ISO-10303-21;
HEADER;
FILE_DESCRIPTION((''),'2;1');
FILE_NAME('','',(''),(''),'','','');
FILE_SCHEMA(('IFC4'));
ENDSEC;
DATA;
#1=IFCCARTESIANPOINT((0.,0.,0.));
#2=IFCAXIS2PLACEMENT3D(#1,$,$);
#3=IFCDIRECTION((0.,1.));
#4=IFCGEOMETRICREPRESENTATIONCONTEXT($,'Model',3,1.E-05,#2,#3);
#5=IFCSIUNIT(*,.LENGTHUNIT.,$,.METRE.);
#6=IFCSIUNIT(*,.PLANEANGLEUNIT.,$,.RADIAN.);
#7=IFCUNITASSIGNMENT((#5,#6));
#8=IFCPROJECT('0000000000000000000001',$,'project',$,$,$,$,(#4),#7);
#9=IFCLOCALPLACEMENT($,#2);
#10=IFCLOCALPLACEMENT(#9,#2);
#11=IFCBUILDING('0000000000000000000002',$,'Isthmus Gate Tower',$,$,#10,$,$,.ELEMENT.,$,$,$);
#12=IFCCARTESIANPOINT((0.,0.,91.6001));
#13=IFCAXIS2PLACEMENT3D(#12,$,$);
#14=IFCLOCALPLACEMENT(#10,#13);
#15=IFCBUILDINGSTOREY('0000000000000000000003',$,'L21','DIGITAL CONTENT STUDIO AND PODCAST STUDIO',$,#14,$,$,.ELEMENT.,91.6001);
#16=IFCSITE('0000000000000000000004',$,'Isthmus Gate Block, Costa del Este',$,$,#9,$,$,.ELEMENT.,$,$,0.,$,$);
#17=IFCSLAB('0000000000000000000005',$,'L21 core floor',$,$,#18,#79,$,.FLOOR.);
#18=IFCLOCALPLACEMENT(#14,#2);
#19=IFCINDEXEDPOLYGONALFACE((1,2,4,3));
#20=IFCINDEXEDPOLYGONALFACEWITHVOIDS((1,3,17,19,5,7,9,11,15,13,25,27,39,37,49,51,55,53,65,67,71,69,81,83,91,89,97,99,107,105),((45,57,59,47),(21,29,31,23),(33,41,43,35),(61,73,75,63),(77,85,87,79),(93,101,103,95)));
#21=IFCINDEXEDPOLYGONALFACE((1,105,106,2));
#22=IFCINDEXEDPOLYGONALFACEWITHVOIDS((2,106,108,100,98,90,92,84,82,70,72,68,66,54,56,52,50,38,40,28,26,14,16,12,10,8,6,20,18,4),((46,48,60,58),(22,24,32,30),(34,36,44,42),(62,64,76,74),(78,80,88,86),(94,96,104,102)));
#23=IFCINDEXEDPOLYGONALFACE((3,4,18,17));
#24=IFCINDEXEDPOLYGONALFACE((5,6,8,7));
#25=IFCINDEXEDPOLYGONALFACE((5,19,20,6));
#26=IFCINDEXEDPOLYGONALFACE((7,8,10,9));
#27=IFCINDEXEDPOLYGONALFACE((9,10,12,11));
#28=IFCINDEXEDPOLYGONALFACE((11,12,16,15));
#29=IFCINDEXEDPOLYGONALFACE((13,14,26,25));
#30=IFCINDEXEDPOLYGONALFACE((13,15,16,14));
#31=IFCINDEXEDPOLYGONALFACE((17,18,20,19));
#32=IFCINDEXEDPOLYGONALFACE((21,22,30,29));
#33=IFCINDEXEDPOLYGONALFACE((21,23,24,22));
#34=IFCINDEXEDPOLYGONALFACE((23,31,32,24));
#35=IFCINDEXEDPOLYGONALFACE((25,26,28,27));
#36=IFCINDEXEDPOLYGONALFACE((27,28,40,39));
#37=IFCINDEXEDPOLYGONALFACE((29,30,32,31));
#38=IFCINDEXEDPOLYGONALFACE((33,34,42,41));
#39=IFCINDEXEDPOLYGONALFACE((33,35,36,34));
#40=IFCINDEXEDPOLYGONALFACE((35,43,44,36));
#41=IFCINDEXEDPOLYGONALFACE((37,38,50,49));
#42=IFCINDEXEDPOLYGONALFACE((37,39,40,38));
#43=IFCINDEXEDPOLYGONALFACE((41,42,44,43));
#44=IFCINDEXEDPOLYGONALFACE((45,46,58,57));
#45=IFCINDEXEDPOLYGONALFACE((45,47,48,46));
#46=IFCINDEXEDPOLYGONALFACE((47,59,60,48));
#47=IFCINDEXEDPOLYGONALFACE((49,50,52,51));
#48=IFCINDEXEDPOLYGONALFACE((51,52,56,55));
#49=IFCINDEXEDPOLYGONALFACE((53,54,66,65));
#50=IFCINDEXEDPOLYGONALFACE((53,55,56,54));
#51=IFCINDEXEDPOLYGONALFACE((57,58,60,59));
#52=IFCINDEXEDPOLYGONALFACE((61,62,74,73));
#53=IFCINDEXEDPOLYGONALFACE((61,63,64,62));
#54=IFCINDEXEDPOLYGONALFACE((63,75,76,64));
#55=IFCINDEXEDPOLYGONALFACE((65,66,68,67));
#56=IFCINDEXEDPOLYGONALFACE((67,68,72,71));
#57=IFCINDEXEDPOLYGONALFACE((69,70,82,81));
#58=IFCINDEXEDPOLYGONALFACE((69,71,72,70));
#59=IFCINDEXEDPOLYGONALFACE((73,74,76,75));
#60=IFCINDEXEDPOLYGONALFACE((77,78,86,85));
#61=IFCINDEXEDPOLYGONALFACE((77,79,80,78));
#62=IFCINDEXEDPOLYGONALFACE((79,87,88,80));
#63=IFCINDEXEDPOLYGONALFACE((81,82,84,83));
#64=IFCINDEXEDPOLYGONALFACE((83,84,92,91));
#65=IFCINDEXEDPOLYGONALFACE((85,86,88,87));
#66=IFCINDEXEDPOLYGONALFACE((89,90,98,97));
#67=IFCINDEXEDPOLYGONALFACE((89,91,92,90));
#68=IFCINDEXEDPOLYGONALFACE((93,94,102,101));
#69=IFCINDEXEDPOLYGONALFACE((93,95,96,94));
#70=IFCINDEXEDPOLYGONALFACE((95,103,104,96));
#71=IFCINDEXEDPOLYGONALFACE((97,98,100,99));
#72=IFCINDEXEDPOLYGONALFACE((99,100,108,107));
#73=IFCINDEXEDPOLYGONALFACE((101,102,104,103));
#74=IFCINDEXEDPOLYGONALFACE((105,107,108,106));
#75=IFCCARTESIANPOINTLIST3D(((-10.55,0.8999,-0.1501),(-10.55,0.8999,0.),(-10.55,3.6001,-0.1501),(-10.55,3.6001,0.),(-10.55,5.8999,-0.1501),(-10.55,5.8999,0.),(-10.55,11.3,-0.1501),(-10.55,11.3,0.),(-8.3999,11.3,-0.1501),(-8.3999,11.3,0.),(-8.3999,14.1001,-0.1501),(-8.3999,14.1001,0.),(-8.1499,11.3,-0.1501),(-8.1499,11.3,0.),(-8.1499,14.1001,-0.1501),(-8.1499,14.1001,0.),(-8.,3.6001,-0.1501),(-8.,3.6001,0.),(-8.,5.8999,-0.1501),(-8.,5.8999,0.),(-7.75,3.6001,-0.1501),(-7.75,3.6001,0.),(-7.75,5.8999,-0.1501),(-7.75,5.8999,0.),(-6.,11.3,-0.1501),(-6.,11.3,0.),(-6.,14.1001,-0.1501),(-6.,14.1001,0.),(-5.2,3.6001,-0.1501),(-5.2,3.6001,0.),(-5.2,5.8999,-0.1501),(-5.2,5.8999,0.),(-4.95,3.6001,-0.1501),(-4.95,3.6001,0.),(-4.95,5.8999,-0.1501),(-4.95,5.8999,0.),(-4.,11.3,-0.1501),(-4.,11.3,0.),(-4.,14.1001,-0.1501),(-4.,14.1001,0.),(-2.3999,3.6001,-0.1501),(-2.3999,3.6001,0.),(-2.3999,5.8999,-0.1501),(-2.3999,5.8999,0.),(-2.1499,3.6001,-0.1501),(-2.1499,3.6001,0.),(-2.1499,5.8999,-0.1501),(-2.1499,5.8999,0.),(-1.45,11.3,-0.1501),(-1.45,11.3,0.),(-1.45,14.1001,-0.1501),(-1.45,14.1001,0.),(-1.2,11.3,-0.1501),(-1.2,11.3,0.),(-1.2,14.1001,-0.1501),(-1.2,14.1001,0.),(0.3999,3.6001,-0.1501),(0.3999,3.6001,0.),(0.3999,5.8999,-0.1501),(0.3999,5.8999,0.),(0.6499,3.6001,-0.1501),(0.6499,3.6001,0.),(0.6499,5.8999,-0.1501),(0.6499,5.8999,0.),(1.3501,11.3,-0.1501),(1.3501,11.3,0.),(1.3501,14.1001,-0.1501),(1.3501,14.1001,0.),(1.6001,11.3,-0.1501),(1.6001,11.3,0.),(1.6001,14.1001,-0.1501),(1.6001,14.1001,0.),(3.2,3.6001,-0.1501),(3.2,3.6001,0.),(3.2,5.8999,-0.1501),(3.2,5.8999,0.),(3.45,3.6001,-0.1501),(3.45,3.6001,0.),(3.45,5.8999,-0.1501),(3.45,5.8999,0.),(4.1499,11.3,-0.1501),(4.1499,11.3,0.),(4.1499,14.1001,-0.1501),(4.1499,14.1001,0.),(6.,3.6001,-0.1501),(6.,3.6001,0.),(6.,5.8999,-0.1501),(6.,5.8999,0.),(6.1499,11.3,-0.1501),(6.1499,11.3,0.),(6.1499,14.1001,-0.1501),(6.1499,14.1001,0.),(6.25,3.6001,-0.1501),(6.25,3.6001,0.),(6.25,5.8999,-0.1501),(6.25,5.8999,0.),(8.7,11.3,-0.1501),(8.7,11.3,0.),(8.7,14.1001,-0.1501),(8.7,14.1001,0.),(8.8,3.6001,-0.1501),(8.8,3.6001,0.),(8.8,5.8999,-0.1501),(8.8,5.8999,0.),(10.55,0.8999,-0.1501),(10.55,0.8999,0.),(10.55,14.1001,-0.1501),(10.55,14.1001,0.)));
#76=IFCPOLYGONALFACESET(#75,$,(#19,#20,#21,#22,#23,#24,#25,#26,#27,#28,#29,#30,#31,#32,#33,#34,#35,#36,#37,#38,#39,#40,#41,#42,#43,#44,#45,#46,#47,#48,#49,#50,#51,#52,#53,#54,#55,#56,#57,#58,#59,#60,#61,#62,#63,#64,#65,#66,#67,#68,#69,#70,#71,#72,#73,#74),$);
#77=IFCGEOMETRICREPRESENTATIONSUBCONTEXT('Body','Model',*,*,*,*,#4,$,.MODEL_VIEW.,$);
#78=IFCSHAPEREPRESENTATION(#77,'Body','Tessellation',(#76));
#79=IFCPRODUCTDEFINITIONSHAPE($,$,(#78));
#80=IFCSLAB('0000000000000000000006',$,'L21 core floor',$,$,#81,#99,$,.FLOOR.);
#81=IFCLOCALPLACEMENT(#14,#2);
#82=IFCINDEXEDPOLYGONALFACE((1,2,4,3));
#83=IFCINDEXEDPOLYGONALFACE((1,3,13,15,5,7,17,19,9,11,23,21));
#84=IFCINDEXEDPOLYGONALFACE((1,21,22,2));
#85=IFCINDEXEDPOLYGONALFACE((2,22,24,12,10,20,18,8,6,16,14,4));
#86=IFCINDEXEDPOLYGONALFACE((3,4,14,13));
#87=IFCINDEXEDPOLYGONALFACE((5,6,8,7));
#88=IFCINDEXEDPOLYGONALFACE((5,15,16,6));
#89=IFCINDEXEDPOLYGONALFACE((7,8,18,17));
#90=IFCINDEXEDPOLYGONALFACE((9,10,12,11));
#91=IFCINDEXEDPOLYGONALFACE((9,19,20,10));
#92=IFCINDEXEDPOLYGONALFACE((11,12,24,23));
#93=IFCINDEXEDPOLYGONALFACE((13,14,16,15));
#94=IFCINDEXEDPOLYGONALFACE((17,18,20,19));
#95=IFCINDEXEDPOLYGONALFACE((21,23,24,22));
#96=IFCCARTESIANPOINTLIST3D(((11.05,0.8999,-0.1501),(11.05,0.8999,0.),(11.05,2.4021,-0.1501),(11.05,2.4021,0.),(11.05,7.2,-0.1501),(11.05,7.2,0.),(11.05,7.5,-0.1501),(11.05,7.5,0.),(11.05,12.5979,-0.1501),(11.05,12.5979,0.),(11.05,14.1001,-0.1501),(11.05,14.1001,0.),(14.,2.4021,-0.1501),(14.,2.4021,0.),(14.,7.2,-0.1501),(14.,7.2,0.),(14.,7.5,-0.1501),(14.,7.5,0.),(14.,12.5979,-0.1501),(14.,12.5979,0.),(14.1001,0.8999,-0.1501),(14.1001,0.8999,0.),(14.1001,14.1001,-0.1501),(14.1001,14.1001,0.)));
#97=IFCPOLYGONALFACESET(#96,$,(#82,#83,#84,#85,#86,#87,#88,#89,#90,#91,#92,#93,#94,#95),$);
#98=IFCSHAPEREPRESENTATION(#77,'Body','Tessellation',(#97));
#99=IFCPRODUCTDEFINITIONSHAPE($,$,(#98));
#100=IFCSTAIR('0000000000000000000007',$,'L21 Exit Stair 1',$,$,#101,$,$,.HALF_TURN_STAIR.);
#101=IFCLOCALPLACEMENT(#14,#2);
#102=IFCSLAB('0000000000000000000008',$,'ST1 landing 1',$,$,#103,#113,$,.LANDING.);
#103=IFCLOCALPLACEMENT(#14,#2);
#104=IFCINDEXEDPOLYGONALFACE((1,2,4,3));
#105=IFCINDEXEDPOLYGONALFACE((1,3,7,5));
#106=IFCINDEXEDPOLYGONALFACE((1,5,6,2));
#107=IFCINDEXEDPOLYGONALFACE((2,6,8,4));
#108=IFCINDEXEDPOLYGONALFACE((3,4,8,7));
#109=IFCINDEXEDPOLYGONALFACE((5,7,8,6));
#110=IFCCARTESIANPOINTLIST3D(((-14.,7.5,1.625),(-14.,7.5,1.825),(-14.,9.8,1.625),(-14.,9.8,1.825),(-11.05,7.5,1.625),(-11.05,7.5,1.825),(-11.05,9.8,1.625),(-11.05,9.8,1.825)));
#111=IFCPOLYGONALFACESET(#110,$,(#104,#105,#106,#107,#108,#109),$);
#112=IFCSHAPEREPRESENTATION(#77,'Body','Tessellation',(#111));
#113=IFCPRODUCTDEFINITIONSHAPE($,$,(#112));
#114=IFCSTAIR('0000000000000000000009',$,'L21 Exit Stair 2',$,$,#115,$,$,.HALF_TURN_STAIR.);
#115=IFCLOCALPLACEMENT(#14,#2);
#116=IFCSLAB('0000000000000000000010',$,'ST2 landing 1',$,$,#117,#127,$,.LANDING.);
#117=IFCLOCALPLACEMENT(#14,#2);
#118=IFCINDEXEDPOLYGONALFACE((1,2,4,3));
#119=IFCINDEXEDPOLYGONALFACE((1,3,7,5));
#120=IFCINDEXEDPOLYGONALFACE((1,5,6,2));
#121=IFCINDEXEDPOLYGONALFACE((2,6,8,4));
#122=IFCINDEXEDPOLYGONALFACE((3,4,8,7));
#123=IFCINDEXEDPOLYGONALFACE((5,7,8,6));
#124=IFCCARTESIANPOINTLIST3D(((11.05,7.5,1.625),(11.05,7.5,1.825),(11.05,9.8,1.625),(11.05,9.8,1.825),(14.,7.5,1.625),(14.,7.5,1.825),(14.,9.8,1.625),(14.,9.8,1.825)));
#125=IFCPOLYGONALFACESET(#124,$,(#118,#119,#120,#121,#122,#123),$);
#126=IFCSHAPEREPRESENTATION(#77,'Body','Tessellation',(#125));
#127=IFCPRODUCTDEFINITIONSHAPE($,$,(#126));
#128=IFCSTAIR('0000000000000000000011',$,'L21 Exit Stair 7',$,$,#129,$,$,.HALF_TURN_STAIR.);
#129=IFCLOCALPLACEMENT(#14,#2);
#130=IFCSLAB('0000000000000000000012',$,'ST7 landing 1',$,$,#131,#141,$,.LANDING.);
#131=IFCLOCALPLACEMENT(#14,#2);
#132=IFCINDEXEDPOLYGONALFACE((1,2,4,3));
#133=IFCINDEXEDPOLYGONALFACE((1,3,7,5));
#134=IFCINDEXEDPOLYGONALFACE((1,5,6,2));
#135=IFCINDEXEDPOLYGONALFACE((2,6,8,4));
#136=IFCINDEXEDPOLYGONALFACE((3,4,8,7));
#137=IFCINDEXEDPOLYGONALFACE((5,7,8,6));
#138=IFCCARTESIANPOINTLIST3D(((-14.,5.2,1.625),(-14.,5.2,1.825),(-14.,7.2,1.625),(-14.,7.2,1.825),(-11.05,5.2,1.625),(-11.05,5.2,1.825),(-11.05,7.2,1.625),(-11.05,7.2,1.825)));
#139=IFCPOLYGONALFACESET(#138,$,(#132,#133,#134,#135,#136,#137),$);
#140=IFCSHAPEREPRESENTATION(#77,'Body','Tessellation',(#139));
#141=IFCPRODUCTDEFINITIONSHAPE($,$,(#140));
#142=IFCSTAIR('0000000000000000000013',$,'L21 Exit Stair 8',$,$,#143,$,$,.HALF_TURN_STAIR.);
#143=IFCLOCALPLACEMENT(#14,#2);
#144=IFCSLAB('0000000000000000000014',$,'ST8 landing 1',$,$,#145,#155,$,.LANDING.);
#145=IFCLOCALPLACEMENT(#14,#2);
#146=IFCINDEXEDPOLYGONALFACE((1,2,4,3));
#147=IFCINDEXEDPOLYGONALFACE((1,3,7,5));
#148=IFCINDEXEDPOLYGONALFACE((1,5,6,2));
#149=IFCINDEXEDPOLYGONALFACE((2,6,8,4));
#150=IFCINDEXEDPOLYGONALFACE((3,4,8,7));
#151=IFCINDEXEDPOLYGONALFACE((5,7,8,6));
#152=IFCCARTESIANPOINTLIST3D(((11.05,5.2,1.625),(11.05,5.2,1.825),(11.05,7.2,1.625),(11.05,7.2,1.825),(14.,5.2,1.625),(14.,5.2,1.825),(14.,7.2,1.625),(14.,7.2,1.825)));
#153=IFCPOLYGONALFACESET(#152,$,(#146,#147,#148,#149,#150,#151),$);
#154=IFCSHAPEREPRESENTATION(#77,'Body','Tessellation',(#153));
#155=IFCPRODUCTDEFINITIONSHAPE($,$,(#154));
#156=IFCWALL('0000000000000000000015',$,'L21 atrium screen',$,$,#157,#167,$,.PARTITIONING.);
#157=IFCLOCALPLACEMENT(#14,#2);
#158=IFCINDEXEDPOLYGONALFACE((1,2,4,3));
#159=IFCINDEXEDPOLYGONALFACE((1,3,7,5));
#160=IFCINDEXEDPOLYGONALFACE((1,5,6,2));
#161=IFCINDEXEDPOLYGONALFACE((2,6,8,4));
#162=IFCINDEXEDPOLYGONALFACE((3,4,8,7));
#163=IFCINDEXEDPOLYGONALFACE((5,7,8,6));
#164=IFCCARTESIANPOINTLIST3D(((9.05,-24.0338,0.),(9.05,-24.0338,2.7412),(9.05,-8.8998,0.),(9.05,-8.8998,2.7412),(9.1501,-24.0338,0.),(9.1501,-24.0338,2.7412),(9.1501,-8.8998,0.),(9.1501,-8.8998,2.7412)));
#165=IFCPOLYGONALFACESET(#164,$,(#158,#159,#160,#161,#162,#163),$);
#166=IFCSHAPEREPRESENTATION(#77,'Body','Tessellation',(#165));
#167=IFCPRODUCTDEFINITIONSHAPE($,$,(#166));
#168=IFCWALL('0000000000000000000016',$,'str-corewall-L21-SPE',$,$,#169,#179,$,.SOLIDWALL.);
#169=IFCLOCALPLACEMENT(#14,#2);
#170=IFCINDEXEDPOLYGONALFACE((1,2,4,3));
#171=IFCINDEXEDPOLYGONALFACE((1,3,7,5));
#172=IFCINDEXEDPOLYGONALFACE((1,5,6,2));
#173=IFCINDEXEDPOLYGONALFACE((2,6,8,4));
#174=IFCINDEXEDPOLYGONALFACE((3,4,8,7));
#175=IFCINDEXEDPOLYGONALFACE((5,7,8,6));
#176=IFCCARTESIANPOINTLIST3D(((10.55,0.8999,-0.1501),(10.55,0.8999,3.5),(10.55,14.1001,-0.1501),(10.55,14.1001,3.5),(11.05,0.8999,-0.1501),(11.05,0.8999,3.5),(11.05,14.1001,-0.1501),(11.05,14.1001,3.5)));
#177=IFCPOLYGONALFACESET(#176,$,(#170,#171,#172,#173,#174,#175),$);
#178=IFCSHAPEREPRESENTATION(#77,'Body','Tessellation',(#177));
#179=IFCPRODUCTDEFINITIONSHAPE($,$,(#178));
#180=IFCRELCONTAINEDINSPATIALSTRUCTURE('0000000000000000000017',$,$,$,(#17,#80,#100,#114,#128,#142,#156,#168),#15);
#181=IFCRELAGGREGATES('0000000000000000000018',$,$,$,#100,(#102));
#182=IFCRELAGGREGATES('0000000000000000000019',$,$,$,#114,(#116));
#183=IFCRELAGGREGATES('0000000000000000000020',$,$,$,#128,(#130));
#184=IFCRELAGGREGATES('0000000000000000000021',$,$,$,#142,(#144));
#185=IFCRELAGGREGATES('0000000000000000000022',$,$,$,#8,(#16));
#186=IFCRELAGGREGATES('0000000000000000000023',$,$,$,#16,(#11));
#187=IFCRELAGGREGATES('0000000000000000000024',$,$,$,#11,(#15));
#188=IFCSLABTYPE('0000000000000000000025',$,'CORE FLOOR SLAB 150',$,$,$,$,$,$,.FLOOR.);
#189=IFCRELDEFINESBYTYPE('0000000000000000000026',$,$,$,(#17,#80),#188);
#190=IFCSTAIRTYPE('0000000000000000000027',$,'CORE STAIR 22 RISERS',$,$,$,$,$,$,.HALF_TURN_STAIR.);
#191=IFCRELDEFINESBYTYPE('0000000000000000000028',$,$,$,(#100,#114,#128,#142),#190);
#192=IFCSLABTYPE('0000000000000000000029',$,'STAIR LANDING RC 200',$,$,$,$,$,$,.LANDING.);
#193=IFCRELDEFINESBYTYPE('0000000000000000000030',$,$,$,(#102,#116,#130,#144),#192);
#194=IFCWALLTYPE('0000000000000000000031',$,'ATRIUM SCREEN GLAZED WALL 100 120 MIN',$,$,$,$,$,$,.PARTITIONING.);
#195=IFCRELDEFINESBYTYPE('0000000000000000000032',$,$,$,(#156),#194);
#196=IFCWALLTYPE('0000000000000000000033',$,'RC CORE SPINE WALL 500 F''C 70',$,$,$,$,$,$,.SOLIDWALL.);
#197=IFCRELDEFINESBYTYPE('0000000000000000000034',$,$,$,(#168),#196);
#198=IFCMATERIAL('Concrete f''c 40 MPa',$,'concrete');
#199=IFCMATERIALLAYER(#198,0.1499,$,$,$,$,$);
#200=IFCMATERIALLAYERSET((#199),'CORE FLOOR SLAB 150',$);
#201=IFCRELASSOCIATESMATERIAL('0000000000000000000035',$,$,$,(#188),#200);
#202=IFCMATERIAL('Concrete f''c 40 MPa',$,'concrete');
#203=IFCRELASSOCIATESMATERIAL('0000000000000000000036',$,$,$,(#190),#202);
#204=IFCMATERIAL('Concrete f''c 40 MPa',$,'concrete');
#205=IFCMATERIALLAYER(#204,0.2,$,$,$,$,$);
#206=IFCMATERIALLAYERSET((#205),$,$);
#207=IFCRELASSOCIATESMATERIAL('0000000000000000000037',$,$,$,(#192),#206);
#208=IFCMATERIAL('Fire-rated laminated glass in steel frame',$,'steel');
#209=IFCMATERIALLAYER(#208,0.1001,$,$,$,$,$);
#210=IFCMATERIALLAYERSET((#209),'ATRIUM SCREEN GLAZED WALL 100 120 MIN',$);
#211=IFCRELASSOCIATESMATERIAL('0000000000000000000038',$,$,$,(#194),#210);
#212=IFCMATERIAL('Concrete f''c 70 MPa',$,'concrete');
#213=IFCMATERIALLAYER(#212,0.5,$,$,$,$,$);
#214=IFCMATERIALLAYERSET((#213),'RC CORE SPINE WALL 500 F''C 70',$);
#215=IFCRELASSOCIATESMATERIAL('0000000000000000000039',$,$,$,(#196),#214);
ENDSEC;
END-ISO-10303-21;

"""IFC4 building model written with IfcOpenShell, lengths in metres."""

from ifc_helpers import new_model, si_unit, direction, frame, frame_2d, origin, place, context, subcontext, project, spatial, polyline, rectangle, outline, extrude, material, layer, layer_set, type_object, element, aggregate, save


model = new_model("IFC4")

# Units and contexts
model_context = context("Model", 3, precision=1e-05, world=origin(), true_north=direction((0.0, 1.0)))
body_context = subcontext(model_context, "Body", "Model", "MODEL_VIEW")
ifc_project = project(units=[si_unit("LENGTHUNIT", "METRE"), si_unit("PLANEANGLEUNIT", "RADIAN")], contexts=[model_context])

# Site, building, storey
site_placement = place(None, origin())
site = spatial("IfcSite", under=ifc_project, at=site_placement, Name="Isthmus Gate Block, Costa del Este", CompositionType="ELEMENT", RefElevation=0.0)
building_placement = place(site_placement, origin())
building = spatial("IfcBuilding", under=site, at=building_placement, Name="Isthmus Gate Tower", CompositionType="ELEMENT")
storey_placement = place(building_placement, frame((0.0, 0.0, 91.6001)))
storey = spatial("IfcBuildingStorey", under=building, at=storey_placement, Name="L21", Description="DIGITAL CONTENT STUDIO AND PODCAST STUDIO", CompositionType="ELEMENT", Elevation=91.6001)

# Slabs
ifc_material_1 = material(Name="Concrete f'c 40 MPa", Category="concrete")
ifc_layer_1 = layer(ifc_material_1, 0.1499)
ifc_layer_set_1 = layer_set([ifc_layer_1], Name="CORE FLOOR SLAB 150")
slab_type_1 = type_object("IfcSlabType", Name="CORE FLOOR SLAB 150", PredefinedType="FLOOR", material=ifc_layer_set_1)
slab_1_placement = place(storey_placement, frame((0.0, 0.0, -0.1501)))
element("IfcSlab", 1, at=slab_1_placement, inside=storey, type_object=slab_type_1, Name="L21 core floor", PredefinedType="FLOOR", context=body_context, shape_type="SweptSolid", body=[
    extrude(outline(polyline([(10.55, 14.1001), (8.7, 14.1001), (8.7, 11.3), (6.1499, 11.3), (6.1499, 14.1001), (4.1499, 14.1001), (4.1499, 11.3), (1.6001, 11.3), (1.6001, 14.1001), (1.3501, 14.1001), (1.3501, 11.3), (-1.2, 11.3), (-1.2, 14.1001), (-1.45, 14.1001), (-1.45, 11.3), (-4.0, 11.3), (-4.0, 14.1001), (-6.0, 14.1001), (-6.0, 11.3), (-8.1499, 11.3), (-8.1499, 14.1001), (-8.3999, 14.1001), (-8.3999, 11.3), (-10.55, 11.3), (-10.55, 5.8999), (-8.0, 5.8999), (-8.0, 3.6001), (-10.55, 3.6001), (-10.55, 0.8999), (10.55, 0.8999), (10.55, 14.1001)]), holes=[polyline([(-5.2, 5.8999), (-5.2, 3.6001), (-7.75, 3.6001), (-7.75, 5.8999), (-5.2, 5.8999)]), polyline([(-2.3999, 5.8999), (-2.3999, 3.6001), (-4.95, 3.6001), (-4.95, 5.8999), (-2.3999, 5.8999)]), polyline([(0.3999, 5.8999), (0.3999, 3.6001), (-2.1499, 3.6001), (-2.1499, 5.8999), (0.3999, 5.8999)]), polyline([(3.2, 5.8999), (3.2, 3.6001), (0.6499, 3.6001), (0.6499, 5.8999), (3.2, 5.8999)]), polyline([(6.0, 5.8999), (6.0, 3.6001), (3.45, 3.6001), (3.45, 5.8999), (6.0, 5.8999)]), polyline([(8.8, 5.8999), (8.8, 3.6001), (6.25, 3.6001), (6.25, 5.8999), (8.8, 5.8999)])]), origin(), (0.0, 0.0, 1.0), 0.1501),
])
slab_2_placement = place(storey_placement, frame((0.0, 0.0, -0.1501)))
element("IfcSlab", 2, at=slab_2_placement, inside=storey, type_object=slab_type_1, Name="L21 core floor", PredefinedType="FLOOR", context=body_context, shape_type="SweptSolid", body=[
    extrude(outline(polyline([(11.05, 14.1001), (11.05, 12.5979), (14.0, 12.5979), (14.0, 7.5), (11.05, 7.5), (11.05, 7.2), (14.0, 7.2), (14.0, 2.4021), (11.05, 2.4021), (11.05, 0.8999), (14.1001, 0.8999), (14.1001, 14.1001), (11.05, 14.1001)])), origin(), (0.0, 0.0, 1.0), 0.1501),
])

# Stairs, slabs
ifc_material_2 = material(Name="Concrete f'c 40 MPa", Category="concrete")
stair_type = type_object("IfcStairType", Name="CORE STAIR 22 RISERS", PredefinedType="HALF_TURN_STAIR", material=ifc_material_2)
stair_1_placement = place(storey_placement, origin())
stair_1 = element("IfcStair", 3, at=stair_1_placement, inside=storey, type_object=stair_type, Name="L21 Exit Stair 1", PredefinedType="HALF_TURN_STAIR")
ifc_material_3 = material(Name="Concrete f'c 40 MPa", Category="concrete")
ifc_layer_2 = layer(ifc_material_3, 0.2)
ifc_layer_set_2 = layer_set([ifc_layer_2])
slab_type_2 = type_object("IfcSlabType", Name="STAIR LANDING RC 200", PredefinedType="LANDING", material=ifc_layer_set_2)
slab_3_placement = place(storey_placement, frame((0.0, 0.0, 1.625)))
slab_3 = element("IfcSlab", 4, at=slab_3_placement, type_object=slab_type_2, Name="ST1 landing 1", PredefinedType="LANDING", context=body_context, shape_type="SweptSolid", body=[
    extrude(outline(polyline([(-14.0, 9.8), (-14.0, 7.5), (-11.05, 7.5), (-11.05, 9.8), (-14.0, 9.8)])), origin(), (0.0, 0.0, 1.0), 0.2),
])
aggregate(stair_1, [slab_3])
stair_2_placement = place(storey_placement, origin())
stair_2 = element("IfcStair", 5, at=stair_2_placement, inside=storey, type_object=stair_type, Name="L21 Exit Stair 2", PredefinedType="HALF_TURN_STAIR")
slab_4_placement = place(storey_placement, frame((0.0, 0.0, 1.625)))
slab_4 = element("IfcSlab", 6, at=slab_4_placement, type_object=slab_type_2, Name="ST2 landing 1", PredefinedType="LANDING", context=body_context, shape_type="SweptSolid", body=[
    extrude(outline(polyline([(11.05, 9.8), (11.05, 7.5), (14.0, 7.5), (14.0, 9.8), (11.05, 9.8)])), origin(), (0.0, 0.0, 1.0), 0.2),
])
aggregate(stair_2, [slab_4])
stair_3_placement = place(storey_placement, origin())
stair_3 = element("IfcStair", 7, at=stair_3_placement, inside=storey, type_object=stair_type, Name="L21 Exit Stair 7", PredefinedType="HALF_TURN_STAIR")
slab_5_placement = place(storey_placement, frame((0.0, 0.0, 1.625)))
slab_5 = element("IfcSlab", 8, at=slab_5_placement, type_object=slab_type_2, Name="ST7 landing 1", PredefinedType="LANDING", context=body_context, shape_type="SweptSolid", body=[
    extrude(outline(polyline([(-11.05, 5.2), (-11.05, 7.2), (-14.0, 7.2), (-14.0, 5.2), (-11.05, 5.2)])), origin(), (0.0, 0.0, 1.0), 0.2),
])
aggregate(stair_3, [slab_5])
stair_4_placement = place(storey_placement, origin())
stair_4 = element("IfcStair", 9, at=stair_4_placement, inside=storey, type_object=stair_type, Name="L21 Exit Stair 8", PredefinedType="HALF_TURN_STAIR")
slab_6_placement = place(storey_placement, frame((0.0, 0.0, 1.625)))
slab_6 = element("IfcSlab", 10, at=slab_6_placement, type_object=slab_type_2, Name="ST8 landing 1", PredefinedType="LANDING", context=body_context, shape_type="SweptSolid", body=[
    extrude(outline(polyline([(14.0, 5.2), (14.0, 7.2), (11.05, 7.2), (11.05, 5.2), (14.0, 5.2)])), origin(), (0.0, 0.0, 1.0), 0.2),
])

# Walls
ifc_material_4 = material(Name="Fire-rated laminated glass in steel frame", Category="steel")
ifc_layer_3 = layer(ifc_material_4, 0.1001)
ifc_layer_set_3 = layer_set([ifc_layer_3], Name="ATRIUM SCREEN GLAZED WALL 100 120 MIN")
wall_type_1 = type_object("IfcWallType", Name="ATRIUM SCREEN GLAZED WALL 100 120 MIN", PredefinedType="PARTITIONING", material=ifc_layer_set_3)
wall_1_placement = place(storey_placement, frame((9.1001, -8.8999, 0.0), z_axis=(0.0, 0.0, 1.0), x_axis=(0.0, -1.0, 0.0)))
element("IfcWall", 11, at=wall_1_placement, inside=storey, type_object=wall_type_1, Name="L21 atrium screen", PredefinedType="PARTITIONING", context=body_context, shape_type="SweptSolid", body=[
    extrude(rectangle(XDim=15.134, YDim=0.1001, at=frame_2d((7.5669, 0.0))), origin(), (0.0, 0.0, 1.0), 2.7412),
])
ifc_material_5 = material(Name="Concrete f'c 70 MPa", Category="concrete")
ifc_layer_4 = layer(ifc_material_5, 0.5)
ifc_layer_set_4 = layer_set([ifc_layer_4], Name="RC CORE SPINE WALL 500 F'C 70")
wall_type_2 = type_object("IfcWallType", Name="RC CORE SPINE WALL 500 F'C 70", PredefinedType="SOLIDWALL", material=ifc_layer_set_4)
wall_2_placement = place(storey_placement, frame((10.8, 0.8999, -0.1501), z_axis=(0.0, 0.0, 1.0), x_axis=(0.0, 1.0, 0.0)))
element("IfcWall", 12, at=wall_2_placement, inside=storey, type_object=wall_type_2, Name="str-corewall-L21-SPE", PredefinedType="SOLIDWALL", context=body_context, shape_type="SweptSolid", body=[
    extrude(rectangle(XDim=13.2002, YDim=0.5, at=frame_2d((6.6001, 0.0))), origin(), (0.0, 0.0, 1.0), 3.6501),
])

aggregate(stair_4, [slab_6])

save(model, "model.ifc")
